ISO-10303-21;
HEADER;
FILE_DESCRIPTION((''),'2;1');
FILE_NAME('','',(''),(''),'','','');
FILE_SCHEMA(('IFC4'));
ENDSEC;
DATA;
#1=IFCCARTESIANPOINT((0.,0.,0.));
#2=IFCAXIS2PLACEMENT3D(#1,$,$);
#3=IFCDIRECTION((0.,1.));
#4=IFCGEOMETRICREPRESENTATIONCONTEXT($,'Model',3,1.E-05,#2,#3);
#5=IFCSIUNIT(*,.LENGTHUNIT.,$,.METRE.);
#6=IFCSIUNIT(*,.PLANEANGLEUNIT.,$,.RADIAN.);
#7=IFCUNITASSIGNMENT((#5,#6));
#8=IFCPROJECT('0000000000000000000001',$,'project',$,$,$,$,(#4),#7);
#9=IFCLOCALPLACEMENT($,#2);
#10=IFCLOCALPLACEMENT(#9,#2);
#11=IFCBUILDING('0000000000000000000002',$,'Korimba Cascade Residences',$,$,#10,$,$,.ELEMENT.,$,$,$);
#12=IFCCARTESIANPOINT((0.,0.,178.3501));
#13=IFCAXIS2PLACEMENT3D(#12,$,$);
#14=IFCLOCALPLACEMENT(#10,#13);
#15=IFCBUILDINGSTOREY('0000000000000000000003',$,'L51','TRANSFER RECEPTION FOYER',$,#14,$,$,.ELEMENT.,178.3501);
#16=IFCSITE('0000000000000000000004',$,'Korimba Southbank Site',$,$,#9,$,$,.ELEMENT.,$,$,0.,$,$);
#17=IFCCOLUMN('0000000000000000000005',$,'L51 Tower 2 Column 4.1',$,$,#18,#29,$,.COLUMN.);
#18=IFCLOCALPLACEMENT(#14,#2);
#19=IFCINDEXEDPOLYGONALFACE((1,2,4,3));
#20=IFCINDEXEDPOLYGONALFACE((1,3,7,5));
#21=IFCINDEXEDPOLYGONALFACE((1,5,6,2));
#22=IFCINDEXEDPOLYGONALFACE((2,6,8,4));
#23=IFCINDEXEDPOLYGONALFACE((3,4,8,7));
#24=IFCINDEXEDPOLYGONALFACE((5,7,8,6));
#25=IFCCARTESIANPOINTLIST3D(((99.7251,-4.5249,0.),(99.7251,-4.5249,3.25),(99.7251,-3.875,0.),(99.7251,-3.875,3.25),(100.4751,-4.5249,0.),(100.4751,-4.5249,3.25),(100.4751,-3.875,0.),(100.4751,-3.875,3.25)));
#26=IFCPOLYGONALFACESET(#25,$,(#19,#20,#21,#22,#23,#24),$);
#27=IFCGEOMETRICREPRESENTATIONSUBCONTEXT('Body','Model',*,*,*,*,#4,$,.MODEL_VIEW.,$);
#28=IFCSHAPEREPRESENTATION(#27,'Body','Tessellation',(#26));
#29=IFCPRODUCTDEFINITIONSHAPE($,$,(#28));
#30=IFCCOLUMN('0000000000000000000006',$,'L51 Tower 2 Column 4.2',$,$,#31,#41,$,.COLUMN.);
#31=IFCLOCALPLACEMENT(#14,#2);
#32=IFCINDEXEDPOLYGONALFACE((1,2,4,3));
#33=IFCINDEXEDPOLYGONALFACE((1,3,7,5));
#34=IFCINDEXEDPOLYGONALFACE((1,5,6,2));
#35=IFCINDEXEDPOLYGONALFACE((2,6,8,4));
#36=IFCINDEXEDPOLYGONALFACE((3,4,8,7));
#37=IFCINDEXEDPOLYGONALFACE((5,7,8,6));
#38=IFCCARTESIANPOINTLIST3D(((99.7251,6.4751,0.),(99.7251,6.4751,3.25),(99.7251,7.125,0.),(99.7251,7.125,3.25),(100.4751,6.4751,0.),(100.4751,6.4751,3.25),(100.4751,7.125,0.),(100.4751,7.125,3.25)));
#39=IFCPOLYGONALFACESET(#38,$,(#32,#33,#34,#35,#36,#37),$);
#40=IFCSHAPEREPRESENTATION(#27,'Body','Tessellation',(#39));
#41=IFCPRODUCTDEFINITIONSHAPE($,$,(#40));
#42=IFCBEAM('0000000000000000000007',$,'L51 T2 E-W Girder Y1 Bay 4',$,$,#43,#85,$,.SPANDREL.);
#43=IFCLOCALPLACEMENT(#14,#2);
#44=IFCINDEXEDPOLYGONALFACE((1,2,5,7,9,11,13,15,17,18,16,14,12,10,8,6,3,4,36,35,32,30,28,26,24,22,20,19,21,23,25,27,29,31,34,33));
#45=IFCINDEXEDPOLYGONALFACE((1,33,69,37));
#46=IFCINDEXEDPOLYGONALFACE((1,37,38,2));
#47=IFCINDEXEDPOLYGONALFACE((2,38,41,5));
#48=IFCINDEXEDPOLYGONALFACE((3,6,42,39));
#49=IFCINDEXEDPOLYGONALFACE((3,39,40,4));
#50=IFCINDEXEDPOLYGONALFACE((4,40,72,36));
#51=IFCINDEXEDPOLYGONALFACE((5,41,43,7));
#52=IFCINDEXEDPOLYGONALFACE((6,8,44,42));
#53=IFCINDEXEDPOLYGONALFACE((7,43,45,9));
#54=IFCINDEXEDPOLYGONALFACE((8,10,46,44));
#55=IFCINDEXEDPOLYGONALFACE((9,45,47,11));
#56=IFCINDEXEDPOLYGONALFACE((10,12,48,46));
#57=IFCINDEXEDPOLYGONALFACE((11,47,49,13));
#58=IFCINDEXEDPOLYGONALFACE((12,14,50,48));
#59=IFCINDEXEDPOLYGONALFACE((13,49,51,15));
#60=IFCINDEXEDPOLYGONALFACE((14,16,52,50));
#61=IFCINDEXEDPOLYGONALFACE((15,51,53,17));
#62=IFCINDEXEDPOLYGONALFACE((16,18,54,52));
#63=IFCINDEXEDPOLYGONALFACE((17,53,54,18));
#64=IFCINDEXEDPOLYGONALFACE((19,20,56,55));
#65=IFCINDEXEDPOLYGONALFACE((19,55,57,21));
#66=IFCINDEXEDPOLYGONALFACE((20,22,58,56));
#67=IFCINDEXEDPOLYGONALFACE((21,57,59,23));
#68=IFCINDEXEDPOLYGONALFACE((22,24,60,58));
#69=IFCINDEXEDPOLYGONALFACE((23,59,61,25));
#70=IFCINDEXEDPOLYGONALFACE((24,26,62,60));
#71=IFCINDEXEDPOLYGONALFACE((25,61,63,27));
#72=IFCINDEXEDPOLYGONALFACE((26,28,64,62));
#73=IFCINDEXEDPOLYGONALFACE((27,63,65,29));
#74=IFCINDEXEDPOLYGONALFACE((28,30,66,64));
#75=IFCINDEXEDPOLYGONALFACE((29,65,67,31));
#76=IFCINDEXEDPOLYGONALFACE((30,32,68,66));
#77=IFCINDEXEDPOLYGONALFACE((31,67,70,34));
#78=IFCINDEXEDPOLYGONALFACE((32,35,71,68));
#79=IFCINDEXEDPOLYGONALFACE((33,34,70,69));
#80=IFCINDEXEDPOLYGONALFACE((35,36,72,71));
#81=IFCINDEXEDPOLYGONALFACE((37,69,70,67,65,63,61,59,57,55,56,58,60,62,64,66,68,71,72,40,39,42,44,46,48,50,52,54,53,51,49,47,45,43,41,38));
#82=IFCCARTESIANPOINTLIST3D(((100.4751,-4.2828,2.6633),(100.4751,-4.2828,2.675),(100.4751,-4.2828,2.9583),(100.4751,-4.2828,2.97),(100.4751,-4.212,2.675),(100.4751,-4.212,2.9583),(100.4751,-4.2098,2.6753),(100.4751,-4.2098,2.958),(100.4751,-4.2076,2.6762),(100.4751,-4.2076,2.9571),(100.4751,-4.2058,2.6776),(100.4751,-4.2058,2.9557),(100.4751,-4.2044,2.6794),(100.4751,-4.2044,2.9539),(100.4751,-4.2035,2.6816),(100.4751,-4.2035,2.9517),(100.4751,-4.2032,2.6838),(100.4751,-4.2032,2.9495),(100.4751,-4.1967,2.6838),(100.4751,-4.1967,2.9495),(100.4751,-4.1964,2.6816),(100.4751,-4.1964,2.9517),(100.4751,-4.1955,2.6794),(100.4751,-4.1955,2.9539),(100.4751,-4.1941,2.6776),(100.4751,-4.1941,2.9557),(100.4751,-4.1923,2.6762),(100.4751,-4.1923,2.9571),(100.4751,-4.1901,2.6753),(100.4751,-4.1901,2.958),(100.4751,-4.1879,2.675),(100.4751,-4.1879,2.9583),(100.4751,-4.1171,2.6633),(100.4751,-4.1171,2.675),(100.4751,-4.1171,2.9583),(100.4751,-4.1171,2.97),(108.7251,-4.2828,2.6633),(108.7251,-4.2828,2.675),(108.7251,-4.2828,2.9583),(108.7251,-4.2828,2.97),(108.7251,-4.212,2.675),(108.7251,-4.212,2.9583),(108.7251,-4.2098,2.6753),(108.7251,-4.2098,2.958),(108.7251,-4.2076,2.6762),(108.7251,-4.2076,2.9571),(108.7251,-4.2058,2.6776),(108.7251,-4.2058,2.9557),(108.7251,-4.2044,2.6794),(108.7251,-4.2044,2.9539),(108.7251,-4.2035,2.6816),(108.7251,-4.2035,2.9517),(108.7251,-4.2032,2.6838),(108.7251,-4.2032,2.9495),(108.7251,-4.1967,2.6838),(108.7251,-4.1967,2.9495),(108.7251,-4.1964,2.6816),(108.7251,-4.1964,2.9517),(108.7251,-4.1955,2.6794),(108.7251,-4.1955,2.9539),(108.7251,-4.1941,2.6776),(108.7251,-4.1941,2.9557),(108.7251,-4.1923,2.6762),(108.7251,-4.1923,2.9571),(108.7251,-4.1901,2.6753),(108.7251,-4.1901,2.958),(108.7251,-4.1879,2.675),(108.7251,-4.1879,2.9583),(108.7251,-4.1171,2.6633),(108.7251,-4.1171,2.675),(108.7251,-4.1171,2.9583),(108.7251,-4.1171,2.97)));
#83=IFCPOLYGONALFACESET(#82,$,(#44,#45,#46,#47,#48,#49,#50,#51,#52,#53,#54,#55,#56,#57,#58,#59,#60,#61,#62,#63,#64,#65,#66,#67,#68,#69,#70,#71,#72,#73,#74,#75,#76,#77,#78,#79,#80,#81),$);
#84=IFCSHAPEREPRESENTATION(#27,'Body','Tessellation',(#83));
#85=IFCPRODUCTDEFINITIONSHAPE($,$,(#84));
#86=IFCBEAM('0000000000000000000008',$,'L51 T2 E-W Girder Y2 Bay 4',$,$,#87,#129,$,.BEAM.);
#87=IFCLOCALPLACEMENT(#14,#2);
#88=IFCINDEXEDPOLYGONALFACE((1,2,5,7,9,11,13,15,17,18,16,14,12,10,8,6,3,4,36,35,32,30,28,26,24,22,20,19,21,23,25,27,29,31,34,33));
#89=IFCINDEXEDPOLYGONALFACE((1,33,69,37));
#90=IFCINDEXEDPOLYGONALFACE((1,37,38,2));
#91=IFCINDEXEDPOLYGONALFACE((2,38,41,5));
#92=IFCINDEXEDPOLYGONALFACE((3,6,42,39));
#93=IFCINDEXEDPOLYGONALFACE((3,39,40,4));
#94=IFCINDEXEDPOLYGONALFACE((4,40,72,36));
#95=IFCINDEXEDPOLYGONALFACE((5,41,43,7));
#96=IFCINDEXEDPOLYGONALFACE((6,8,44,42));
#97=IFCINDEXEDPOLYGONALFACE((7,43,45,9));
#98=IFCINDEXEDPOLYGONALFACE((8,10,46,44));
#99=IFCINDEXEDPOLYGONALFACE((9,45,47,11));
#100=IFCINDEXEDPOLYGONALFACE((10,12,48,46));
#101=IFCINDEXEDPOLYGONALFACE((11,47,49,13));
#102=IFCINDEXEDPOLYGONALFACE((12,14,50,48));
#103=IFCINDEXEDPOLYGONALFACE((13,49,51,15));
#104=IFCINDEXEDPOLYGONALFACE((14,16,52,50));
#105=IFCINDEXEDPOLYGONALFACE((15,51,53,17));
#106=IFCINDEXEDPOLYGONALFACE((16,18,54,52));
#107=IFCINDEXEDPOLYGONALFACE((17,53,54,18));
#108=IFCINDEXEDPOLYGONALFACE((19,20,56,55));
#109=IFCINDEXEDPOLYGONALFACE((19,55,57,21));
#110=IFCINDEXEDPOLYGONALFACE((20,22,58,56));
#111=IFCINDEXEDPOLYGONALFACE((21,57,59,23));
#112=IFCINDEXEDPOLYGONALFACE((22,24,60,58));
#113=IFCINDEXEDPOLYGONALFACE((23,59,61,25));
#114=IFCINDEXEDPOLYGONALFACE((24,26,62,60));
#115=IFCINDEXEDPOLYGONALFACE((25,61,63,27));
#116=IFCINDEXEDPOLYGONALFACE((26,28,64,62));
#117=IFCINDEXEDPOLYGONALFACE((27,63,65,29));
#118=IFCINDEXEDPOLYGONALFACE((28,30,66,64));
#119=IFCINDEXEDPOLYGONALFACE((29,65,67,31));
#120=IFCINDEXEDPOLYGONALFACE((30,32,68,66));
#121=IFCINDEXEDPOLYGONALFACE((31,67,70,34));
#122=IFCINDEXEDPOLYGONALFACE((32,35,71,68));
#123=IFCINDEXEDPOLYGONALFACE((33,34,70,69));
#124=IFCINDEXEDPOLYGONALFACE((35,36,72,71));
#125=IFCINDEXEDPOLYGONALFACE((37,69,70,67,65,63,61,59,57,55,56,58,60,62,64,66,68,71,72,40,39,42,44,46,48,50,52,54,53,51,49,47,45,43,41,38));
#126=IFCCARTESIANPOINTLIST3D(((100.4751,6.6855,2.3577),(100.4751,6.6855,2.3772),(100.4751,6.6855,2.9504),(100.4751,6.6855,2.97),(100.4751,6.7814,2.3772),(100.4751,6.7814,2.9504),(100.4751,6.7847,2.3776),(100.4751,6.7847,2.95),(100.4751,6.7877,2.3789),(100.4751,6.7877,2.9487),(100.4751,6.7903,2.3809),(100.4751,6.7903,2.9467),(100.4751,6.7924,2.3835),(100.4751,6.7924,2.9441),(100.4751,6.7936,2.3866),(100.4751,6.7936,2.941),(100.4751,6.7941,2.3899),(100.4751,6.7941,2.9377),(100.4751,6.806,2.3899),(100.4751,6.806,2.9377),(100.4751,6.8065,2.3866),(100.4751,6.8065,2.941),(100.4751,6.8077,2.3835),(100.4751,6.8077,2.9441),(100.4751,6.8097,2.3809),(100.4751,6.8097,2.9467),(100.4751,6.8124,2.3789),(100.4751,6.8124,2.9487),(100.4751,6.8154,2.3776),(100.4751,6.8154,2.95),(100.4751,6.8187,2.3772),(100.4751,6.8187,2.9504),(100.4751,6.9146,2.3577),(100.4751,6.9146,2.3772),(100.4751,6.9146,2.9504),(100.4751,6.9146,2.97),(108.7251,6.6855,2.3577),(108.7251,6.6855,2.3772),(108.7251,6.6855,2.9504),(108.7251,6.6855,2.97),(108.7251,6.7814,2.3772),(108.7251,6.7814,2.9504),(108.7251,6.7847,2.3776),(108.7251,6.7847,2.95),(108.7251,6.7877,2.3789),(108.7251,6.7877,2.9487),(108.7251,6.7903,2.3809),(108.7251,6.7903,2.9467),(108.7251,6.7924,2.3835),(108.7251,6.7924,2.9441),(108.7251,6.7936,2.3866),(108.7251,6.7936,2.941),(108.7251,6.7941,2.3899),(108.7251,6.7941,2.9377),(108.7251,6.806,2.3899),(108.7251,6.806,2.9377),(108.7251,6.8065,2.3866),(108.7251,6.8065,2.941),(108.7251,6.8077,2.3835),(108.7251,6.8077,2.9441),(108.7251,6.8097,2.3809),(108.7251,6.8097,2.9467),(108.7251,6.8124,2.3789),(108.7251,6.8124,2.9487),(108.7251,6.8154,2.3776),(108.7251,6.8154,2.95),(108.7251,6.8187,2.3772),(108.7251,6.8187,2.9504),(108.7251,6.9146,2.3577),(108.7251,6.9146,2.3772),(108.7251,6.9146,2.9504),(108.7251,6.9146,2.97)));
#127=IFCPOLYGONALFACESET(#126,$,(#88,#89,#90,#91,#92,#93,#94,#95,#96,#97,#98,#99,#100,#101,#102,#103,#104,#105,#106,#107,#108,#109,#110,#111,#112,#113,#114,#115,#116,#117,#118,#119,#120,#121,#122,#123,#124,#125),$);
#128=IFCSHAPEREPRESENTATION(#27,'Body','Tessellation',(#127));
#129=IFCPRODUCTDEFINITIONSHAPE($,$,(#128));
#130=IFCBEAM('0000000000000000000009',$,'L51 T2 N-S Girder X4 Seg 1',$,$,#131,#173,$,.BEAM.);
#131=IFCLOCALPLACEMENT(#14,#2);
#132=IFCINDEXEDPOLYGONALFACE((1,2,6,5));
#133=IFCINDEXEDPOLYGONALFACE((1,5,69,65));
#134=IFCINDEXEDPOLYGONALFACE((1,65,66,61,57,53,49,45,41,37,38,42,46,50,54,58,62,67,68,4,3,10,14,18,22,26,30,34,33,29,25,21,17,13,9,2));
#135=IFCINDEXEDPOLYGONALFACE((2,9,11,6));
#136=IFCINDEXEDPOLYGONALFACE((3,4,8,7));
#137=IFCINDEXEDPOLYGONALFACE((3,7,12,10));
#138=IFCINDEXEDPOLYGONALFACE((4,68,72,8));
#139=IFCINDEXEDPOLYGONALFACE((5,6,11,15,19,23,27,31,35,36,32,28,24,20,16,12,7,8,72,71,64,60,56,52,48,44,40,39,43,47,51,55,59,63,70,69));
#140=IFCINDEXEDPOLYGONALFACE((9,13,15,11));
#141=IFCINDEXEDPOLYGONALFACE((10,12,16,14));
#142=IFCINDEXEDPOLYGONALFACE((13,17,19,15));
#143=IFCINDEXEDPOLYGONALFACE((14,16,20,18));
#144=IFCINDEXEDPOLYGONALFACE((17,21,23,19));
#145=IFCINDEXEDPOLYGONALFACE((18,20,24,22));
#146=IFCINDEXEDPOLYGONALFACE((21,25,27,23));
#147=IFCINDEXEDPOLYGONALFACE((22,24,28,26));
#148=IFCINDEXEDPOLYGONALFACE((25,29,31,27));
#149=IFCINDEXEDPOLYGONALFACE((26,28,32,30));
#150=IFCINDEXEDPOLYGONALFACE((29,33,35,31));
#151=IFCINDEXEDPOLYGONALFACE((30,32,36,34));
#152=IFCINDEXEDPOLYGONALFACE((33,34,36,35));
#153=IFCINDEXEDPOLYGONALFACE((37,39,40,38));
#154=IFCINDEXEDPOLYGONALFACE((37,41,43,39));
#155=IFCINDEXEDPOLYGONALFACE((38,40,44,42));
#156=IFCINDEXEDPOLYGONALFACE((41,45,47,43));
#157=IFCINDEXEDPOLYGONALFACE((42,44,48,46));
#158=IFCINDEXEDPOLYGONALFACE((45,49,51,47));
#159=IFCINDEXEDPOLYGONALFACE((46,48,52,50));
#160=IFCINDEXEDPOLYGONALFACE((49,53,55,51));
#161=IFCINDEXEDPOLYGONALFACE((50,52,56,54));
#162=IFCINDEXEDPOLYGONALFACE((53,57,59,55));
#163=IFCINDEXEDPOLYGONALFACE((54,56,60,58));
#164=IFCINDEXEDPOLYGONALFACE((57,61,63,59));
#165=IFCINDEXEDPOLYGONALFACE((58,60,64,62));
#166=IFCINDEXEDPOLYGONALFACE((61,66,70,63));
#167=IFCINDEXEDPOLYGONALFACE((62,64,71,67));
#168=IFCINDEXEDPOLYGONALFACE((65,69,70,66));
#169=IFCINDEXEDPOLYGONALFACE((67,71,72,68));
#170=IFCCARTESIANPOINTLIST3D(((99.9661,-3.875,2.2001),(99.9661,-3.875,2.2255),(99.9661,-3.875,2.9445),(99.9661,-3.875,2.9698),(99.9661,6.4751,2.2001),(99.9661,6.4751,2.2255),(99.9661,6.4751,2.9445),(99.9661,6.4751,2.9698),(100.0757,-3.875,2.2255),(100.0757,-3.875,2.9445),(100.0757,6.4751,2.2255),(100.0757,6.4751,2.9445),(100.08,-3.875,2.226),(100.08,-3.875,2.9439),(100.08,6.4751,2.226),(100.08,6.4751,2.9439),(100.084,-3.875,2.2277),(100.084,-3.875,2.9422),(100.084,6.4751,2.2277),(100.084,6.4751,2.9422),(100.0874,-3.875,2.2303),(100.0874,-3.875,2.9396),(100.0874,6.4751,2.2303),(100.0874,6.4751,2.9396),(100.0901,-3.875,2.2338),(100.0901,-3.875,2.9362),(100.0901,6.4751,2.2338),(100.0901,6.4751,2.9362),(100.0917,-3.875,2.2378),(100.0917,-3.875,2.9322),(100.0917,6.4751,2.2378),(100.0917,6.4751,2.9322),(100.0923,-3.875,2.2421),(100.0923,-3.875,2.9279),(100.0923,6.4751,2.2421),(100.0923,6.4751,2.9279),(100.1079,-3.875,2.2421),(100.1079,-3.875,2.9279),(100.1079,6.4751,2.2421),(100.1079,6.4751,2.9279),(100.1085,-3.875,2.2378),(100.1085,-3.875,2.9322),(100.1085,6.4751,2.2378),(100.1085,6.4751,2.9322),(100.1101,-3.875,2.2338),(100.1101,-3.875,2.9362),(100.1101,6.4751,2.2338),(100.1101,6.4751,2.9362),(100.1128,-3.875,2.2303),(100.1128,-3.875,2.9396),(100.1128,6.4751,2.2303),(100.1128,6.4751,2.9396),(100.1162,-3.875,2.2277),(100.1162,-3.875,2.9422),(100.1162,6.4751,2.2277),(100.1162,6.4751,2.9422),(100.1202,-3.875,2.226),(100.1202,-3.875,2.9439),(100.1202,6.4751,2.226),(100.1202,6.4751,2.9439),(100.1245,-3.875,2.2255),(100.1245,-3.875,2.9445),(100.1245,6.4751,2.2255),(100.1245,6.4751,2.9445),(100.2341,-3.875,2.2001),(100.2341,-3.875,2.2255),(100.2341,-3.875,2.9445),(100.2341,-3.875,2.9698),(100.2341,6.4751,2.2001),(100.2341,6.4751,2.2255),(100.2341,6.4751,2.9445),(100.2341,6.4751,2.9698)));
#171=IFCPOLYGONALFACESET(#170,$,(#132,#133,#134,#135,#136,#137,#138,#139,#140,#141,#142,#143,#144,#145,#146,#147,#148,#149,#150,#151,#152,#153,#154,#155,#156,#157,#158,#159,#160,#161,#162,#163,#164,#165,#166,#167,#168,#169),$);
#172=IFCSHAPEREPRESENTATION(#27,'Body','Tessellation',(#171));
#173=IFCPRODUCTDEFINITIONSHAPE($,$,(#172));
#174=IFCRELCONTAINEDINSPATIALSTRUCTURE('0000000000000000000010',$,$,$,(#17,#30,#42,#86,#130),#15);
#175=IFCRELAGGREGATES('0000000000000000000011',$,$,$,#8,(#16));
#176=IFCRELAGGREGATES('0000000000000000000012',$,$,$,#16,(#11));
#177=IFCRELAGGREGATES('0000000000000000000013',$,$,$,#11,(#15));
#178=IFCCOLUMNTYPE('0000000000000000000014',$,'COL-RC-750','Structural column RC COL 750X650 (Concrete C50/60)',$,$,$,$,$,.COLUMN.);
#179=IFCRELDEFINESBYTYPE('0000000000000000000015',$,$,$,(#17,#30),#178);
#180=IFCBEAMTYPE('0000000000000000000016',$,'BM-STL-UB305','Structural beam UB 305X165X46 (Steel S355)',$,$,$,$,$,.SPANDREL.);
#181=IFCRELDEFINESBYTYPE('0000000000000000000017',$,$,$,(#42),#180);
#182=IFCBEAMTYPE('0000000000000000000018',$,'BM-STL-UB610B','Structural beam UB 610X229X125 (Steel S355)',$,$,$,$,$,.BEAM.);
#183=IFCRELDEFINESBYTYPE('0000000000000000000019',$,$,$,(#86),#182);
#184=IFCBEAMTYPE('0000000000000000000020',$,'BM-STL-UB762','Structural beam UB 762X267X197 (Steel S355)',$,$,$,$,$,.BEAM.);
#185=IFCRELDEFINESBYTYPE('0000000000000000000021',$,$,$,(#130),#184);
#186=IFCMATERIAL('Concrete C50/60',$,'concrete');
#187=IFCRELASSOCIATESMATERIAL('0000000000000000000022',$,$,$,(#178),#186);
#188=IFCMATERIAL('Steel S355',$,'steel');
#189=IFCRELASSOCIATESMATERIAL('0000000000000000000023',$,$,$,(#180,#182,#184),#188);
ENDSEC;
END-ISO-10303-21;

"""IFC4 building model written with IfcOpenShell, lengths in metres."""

from ifc_helpers import new_model, si_unit, direction, frame, origin, origin_2d, place, context, subcontext, project, spatial, rectangle, i_section, extrude, material, material_profile, profile_set, type_object, element, save


model = new_model("IFC4")

# Units and contexts
model_context = context("Model", 3, precision=1e-05, world=origin(), true_north=direction((0.0, 1.0)))
body_context = subcontext(model_context, "Body", "Model", "MODEL_VIEW")
ifc_project = project(units=[si_unit("LENGTHUNIT", "METRE"), si_unit("PLANEANGLEUNIT", "RADIAN")], contexts=[model_context])

# Site, building, storey
site_placement = place(None, origin())
site = spatial("IfcSite", under=ifc_project, at=site_placement, Name="Korimba Southbank Site", CompositionType="ELEMENT", RefElevation=0.0)
building_placement = place(site_placement, origin())
building = spatial("IfcBuilding", under=site, at=building_placement, Name="Korimba Cascade Residences", CompositionType="ELEMENT")
storey_placement = place(building_placement, frame((0.0, 0.0, 178.3501)))
storey = spatial("IfcBuildingStorey", under=building, at=storey_placement, Name="L51", Description="TRANSFER RECEPTION FOYER", CompositionType="ELEMENT", Elevation=178.3501)

# Columns
ifc_material_1 = material(Name="Concrete C50/60", Category="concrete")
ifc_material_profile_1 = material_profile(ifc_material_1, rectangle(XDim=0.75, YDim=0.6499, at=origin_2d()), Name="Concrete C50/60")
ifc_profile_set_1 = profile_set([ifc_material_profile_1], Name="Concrete C50/60")
column_type = type_object("IfcColumnType", Name="COL-RC-750", Description="Structural column RC COL 750X650 (Concrete C50/60)", PredefinedType="COLUMN", material=ifc_profile_set_1)
for number, where, z_axis, x_axis, name in (
    (1, (100.1001, -4.2, 0.0), (0.0, 0.0, 1.0), (1.0, 0.0, 0.0), "L51 Tower 2 Column 4.1"),
    (2, (100.1001, 6.8, 0.0), (0.0, 0.0, 1.0), (1.0, 0.0, 0.0), "L51 Tower 2 Column 4.2"),
):
    element("IfcColumn", number, at=place(storey_placement, frame(where, z_axis=z_axis, x_axis=x_axis)), inside=storey, type_object=column_type, Name=name, PredefinedType="COLUMN", context=body_context, shape_type="SweptSolid", body=[
        extrude(rectangle(XDim=0.75, YDim=0.6499, at=origin_2d()), origin(), (0.0, 0.0, 1.0), 3.25),
    ])

# Beams
ifc_material_2 = material(Name="Steel S355", Category="steel")
ifc_material_profile_2 = material_profile(ifc_material_2, i_section(OverallWidth=0.1658, OverallDepth=0.3066, WebThickness=0.0066, FlangeThickness=0.0117, FilletRadius=0.0088, at=origin_2d()), Name="Steel S355")
ifc_profile_set_2 = profile_set([ifc_material_profile_2], Name="Steel S355")
beam_type_1 = type_object("IfcBeamType", Name="BM-STL-UB305", Description="Structural beam UB 305X165X46 (Steel S355)", PredefinedType="SPANDREL", material=ifc_profile_set_2)
beam_1_placement = place(storey_placement, frame((100.4751, -4.2, 2.8167), z_axis=(1.0, 0.0, 0.0), x_axis=(0.0, 1.0, 0.0)))
element("IfcBeam", 3, at=beam_1_placement, inside=storey, type_object=beam_type_1, Name="L51 T2 E-W Girder Y1 Bay 4", PredefinedType="SPANDREL", context=body_context, shape_type="SweptSolid", body=[
    extrude(i_section(OverallWidth=0.1658, OverallDepth=0.3066, WebThickness=0.0066, FlangeThickness=0.0117, FilletRadius=0.0088, at=origin_2d()), origin(), (0.0, 0.0, 1.0), 8.25),
])
ifc_material_profile_3 = material_profile(ifc_material_2, i_section(OverallWidth=0.229, OverallDepth=0.6123, WebThickness=0.012, FlangeThickness=0.0195, FilletRadius=0.0127, at=origin_2d()), Name="Steel S355")
ifc_profile_set_3 = profile_set([ifc_material_profile_3], Name="Steel S355")
beam_type_2 = type_object("IfcBeamType", Name="BM-STL-UB610B", Description="Structural beam UB 610X229X125 (Steel S355)", PredefinedType="BEAM", material=ifc_profile_set_3)
beam_2_placement = place(storey_placement, frame((100.4751, 6.8, 2.6638), z_axis=(1.0, 0.0, 0.0), x_axis=(0.0, 1.0, 0.0)))
element("IfcBeam", 4, at=beam_2_placement, inside=storey, type_object=beam_type_2, Name="L51 T2 E-W Girder Y2 Bay 4", PredefinedType="BEAM", context=body_context, shape_type="SweptSolid", body=[
    extrude(i_section(OverallWidth=0.229, OverallDepth=0.6123, WebThickness=0.012, FlangeThickness=0.0195, FilletRadius=0.0127, at=origin_2d()), origin(), (0.0, 0.0, 1.0), 8.25),
])
ifc_material_profile_4 = material_profile(ifc_material_2, i_section(OverallWidth=0.2681, OverallDepth=0.7698, WebThickness=0.0156, FlangeThickness=0.0254, FilletRadius=0.0166, at=origin_2d()), Name="Steel S355")
ifc_profile_set_4 = profile_set([ifc_material_profile_4], Name="Steel S355")
beam_type_3 = type_object("IfcBeamType", Name="BM-STL-UB762", Description="Structural beam UB 762X267X197 (Steel S355)", PredefinedType="BEAM", material=ifc_profile_set_4)
beam_3_placement = place(storey_placement, frame((100.1001, -3.875, 2.585), z_axis=(0.0, 1.0, 0.0), x_axis=(-1.0, 0.0, 0.0)))
element("IfcBeam", 5, at=beam_3_placement, inside=storey, type_object=beam_type_3, Name="L51 T2 N-S Girder X4 Seg 1", PredefinedType="BEAM", context=body_context, shape_type="SweptSolid", body=[
    extrude(i_section(OverallWidth=0.2681, OverallDepth=0.7698, WebThickness=0.0156, FlangeThickness=0.0254, FilletRadius=0.0166, at=origin_2d()), origin(), (0.0, 0.0, 1.0), 10.3501),
])

save(model, "model.ifc")
